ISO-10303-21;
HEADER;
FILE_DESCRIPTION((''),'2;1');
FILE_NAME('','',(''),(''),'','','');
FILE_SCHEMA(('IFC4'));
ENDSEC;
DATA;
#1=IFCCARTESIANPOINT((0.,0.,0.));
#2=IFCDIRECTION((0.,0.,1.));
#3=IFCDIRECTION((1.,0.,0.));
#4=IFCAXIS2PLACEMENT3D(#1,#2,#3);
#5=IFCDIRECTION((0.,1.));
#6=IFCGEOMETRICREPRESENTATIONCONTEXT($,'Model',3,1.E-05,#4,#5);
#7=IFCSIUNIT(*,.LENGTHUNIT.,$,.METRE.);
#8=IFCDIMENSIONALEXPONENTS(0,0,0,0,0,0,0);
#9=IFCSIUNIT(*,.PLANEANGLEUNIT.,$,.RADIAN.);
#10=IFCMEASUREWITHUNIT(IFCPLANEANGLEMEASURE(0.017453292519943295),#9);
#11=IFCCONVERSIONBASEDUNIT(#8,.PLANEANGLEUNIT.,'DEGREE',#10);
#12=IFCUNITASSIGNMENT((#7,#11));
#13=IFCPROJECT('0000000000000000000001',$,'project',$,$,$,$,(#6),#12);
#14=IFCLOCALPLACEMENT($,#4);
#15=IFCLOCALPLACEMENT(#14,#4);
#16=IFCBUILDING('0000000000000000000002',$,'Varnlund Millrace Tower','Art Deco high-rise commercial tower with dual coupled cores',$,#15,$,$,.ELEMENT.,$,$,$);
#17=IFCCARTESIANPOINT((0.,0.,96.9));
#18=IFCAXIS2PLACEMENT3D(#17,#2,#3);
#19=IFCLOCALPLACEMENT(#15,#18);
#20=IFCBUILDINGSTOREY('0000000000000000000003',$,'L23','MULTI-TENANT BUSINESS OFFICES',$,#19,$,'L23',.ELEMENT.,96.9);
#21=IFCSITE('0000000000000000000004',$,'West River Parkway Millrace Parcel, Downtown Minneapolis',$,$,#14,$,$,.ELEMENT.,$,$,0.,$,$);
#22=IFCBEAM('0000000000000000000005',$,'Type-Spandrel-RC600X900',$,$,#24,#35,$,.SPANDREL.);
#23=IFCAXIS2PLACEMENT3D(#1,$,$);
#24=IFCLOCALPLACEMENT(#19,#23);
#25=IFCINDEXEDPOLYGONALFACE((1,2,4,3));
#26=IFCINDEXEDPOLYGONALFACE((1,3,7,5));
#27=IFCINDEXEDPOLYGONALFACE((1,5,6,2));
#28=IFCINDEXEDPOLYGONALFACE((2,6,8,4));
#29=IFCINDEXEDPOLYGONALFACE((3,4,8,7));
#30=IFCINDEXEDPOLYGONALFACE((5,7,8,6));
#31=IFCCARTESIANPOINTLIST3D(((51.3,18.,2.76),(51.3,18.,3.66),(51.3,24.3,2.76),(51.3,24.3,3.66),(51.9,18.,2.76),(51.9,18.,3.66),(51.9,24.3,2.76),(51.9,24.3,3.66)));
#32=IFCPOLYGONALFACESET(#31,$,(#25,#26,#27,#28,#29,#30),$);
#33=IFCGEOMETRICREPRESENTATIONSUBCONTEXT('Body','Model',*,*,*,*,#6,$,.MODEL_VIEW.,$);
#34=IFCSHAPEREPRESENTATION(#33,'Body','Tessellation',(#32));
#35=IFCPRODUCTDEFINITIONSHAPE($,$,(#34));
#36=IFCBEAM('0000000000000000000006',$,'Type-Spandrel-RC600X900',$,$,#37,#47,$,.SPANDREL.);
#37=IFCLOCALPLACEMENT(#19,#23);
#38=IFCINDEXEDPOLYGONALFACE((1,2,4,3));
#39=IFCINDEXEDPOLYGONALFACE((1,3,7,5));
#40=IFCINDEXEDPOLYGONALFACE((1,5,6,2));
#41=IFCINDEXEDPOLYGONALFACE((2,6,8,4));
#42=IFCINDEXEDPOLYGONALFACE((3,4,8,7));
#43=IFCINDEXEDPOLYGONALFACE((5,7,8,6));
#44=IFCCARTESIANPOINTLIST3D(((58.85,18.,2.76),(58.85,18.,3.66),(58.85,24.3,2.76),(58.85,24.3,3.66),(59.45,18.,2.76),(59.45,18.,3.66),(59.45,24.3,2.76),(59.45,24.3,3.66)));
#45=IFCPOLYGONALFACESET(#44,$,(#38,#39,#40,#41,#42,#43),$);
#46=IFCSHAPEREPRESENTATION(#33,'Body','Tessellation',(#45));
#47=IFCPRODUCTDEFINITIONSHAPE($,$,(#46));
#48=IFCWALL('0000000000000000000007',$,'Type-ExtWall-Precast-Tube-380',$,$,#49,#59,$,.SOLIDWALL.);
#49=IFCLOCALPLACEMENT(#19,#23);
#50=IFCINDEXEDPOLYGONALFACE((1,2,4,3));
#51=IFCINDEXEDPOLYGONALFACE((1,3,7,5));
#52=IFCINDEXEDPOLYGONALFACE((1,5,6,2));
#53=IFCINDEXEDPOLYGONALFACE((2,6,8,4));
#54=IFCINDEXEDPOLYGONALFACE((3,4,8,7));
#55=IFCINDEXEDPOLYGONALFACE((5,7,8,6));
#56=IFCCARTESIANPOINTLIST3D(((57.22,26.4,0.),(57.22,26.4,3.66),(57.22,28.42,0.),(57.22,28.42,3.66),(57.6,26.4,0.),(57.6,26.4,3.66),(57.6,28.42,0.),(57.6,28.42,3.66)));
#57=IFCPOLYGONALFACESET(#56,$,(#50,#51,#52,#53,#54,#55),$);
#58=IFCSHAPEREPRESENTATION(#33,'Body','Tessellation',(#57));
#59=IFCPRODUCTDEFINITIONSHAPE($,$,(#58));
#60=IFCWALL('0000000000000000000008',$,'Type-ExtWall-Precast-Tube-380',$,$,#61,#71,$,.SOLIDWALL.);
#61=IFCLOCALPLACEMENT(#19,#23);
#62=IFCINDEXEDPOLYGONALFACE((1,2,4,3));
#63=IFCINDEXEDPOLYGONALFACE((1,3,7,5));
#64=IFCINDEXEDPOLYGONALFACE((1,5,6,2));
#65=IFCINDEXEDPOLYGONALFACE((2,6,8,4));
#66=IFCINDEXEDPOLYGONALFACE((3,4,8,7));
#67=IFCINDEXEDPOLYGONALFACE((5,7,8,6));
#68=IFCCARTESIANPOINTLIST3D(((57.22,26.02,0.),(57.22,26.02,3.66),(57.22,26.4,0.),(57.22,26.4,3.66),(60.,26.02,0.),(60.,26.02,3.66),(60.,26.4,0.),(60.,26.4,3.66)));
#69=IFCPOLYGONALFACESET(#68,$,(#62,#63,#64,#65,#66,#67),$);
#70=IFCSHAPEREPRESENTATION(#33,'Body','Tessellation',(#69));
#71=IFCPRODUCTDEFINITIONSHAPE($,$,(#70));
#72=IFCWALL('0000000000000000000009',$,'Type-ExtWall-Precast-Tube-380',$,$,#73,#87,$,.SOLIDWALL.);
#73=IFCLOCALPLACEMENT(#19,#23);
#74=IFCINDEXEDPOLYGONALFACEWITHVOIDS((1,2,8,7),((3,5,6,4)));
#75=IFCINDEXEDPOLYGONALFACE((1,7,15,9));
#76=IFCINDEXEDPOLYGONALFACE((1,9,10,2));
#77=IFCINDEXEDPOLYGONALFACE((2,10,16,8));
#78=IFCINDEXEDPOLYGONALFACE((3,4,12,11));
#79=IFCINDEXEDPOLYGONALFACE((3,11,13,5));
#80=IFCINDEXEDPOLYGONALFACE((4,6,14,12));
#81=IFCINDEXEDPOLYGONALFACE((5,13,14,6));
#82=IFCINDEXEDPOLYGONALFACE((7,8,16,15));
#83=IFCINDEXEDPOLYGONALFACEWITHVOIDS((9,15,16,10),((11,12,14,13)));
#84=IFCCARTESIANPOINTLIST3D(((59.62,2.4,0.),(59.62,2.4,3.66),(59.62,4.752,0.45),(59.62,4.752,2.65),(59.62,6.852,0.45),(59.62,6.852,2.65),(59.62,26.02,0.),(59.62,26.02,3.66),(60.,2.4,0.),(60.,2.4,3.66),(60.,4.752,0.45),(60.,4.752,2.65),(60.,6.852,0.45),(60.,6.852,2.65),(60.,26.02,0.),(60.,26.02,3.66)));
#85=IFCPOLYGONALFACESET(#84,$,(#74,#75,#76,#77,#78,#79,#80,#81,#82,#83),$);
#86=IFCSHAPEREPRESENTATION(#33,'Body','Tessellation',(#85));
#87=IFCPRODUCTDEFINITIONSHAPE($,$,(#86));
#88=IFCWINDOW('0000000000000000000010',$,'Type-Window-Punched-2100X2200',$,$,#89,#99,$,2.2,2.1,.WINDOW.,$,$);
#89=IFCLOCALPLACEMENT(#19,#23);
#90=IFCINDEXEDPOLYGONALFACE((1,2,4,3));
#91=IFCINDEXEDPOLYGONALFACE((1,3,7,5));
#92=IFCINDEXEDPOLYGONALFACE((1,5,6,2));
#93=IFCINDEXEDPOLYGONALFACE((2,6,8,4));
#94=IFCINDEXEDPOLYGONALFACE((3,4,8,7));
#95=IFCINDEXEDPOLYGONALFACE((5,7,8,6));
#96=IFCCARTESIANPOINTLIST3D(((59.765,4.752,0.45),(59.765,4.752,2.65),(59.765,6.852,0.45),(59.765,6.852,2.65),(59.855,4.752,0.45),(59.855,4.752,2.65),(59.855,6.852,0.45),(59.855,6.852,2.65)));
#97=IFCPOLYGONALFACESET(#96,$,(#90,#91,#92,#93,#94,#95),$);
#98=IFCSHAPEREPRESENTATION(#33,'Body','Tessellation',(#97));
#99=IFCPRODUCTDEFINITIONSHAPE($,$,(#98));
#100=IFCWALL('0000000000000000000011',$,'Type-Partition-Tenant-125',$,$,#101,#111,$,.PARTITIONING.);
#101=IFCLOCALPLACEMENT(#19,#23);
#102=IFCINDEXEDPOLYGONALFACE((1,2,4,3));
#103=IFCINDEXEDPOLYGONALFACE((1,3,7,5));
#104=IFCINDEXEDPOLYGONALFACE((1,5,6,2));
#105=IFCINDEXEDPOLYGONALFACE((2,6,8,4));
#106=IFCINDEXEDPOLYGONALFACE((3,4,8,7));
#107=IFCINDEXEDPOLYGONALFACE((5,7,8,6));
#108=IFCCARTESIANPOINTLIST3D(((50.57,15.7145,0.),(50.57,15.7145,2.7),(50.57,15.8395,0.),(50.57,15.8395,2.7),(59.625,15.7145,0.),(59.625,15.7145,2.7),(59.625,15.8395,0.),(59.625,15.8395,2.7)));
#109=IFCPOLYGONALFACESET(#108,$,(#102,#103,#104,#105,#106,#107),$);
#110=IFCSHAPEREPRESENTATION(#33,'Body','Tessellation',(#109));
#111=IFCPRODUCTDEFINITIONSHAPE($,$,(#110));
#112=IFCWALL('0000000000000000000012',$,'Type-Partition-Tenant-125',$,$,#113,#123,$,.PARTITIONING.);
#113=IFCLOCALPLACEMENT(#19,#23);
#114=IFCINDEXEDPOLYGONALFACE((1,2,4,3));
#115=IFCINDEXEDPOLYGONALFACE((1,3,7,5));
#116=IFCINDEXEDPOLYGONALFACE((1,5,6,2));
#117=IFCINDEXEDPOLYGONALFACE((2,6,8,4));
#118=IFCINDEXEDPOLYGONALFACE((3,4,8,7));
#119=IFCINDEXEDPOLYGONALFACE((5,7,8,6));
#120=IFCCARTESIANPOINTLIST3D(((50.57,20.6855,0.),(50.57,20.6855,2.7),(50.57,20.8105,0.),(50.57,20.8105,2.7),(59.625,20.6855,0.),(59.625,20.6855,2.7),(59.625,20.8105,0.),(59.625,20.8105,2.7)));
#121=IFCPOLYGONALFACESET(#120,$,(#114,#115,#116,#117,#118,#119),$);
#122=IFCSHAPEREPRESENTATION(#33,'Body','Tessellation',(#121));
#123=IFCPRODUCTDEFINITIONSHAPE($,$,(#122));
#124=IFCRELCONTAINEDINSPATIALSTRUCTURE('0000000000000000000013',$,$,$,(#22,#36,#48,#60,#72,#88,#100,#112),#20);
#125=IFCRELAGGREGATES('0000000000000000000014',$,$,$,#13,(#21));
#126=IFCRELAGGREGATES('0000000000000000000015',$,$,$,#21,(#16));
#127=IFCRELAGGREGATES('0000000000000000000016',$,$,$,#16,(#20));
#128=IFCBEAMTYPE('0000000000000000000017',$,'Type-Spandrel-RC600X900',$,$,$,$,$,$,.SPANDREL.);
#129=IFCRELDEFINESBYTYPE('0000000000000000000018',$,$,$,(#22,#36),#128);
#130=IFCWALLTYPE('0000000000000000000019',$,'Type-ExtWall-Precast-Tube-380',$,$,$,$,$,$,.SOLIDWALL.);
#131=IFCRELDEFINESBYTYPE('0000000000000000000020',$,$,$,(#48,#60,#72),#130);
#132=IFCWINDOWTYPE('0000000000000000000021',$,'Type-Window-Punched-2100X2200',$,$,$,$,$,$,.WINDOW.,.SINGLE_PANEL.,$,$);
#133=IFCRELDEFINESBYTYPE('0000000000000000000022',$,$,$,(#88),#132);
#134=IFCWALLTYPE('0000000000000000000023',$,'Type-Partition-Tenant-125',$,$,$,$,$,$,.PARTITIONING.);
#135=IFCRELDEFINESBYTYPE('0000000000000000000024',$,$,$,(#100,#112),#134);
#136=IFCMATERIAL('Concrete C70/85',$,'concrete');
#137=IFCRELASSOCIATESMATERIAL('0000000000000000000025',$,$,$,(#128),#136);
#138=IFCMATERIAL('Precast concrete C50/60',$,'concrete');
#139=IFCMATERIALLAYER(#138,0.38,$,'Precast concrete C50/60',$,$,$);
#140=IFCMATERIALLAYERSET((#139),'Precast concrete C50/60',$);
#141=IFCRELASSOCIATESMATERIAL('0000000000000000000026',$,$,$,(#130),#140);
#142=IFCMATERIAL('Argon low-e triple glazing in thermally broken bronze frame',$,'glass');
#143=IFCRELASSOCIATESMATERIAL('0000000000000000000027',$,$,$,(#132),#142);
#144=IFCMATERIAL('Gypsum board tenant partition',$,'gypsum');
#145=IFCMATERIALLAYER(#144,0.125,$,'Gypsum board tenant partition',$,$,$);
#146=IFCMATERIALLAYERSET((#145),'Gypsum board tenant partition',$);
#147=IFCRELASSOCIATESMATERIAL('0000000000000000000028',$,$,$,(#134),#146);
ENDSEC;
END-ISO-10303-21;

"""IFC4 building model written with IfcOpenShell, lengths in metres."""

from ifc_helpers import new_model, entity, si_unit, converted_unit, direction, frame, origin_with_axes, origin_2d_with_axis, place, context, subcontext, project, spatial, polyline, rectangle, outline, extrude, material, layer, layer_set, material_profile, profile_set, type_object, element, fill, save


model = new_model("IFC4")

# Units and contexts
model_context = context("Model", 3, precision=1e-05, world=origin_with_axes(), true_north=direction((0.0, 1.0)))
body_context = subcontext(model_context, "Body", "Model", "MODEL_VIEW")
ifc_project = project(units=[si_unit("LENGTHUNIT", "METRE"), converted_unit("PLANEANGLEUNIT", "DEGREE", entity("IfcPlaneAngleMeasure", 0.017453292519943295), si_unit("PLANEANGLEUNIT", "RADIAN"), dimensions=[0, 0, 0, 0, 0, 0, 0])], contexts=[model_context])

# Site, building, storey
site_placement = place(None, origin_with_axes())
site = spatial("IfcSite", under=ifc_project, at=site_placement, Name="West River Parkway Millrace Parcel, Downtown Minneapolis", CompositionType="ELEMENT", RefElevation=0.0)
building_placement = place(site_placement, origin_with_axes())
building = spatial("IfcBuilding", under=site, at=building_placement, Name="Varnlund Millrace Tower", Description="Art Deco high-rise commercial tower with dual coupled cores", CompositionType="ELEMENT")
storey_placement = place(building_placement, frame((0.0, 0.0, 96.9), z_axis=(0.0, 0.0, 1.0), x_axis=(1.0, 0.0, 0.0)))
storey = spatial("IfcBuildingStorey", under=building, at=storey_placement, Name="L23", Description="MULTI-TENANT BUSINESS OFFICES", LongName="L23", CompositionType="ELEMENT", Elevation=96.9)

# Beams
ifc_material_1 = material(Name="Concrete C70/85", Category="concrete")
ifc_material_profile_1 = material_profile(ifc_material_1, rectangle(XDim=0.6, YDim=0.9, at=origin_2d_with_axis()), Name="Concrete C70/85")
ifc_profile_set_1 = profile_set([ifc_material_profile_1], Name="Concrete C70/85")
beam_type_1 = type_object("IfcBeamType", Name="Type-Spandrel-RC600X900", PredefinedType="SPANDREL", material=ifc_profile_set_1)
for number, where, z_axis, x_axis, name in (
    (1, (51.6, 18.0, 3.21), (0.0, 1.0, 0.0), (-1.0, 0.0, 0.0), "Type-Spandrel-RC600X900"),
    (2, (59.15, 18.0, 3.21), (0.0, 1.0, 0.0), (-1.0, 0.0, 0.0), "Type-Spandrel-RC600X900"),
):
    element("IfcBeam", number, at=place(storey_placement, frame(where, z_axis=z_axis, x_axis=x_axis)), inside=storey, type_object=beam_type_1, Name=name, PredefinedType="SPANDREL", context=body_context, shape_type="SweptSolid", body=[
        extrude(rectangle(XDim=0.6, YDim=0.9, at=origin_2d_with_axis()), origin_with_axes(), (0.0, 0.0, 1.0), 6.3),
    ])

# Walls
ifc_material_2 = material(Name="Precast concrete C50/60", Category="concrete")
ifc_layer_1 = layer(ifc_material_2, 0.38, Name="Precast concrete C50/60")
ifc_layer_set_1 = layer_set([ifc_layer_1], Name="Precast concrete C50/60")
wall_type_1 = type_object("IfcWallType", Name="Type-ExtWall-Precast-Tube-380", PredefinedType="SOLIDWALL", material=ifc_layer_set_1)
wall_1_placement = place(storey_placement, frame((57.41, 28.42, 0.0), z_axis=(0.0, 0.0, 1.0), x_axis=(0.0, -1.0, 0.0)))
element("IfcWall", 3, at=wall_1_placement, inside=storey, type_object=wall_type_1, Name="Type-ExtWall-Precast-Tube-380", PredefinedType="SOLIDWALL", context=body_context, shape_type="SweptSolid", body=[
    extrude(outline(polyline([(0.0, -0.19), (2.02, -0.19), (2.02, 0.19), (0.0, 0.19), (0.0, -0.19)])), origin_with_axes(), (0.0, 0.0, 1.0), 3.66),
])
wall_2_placement = place(storey_placement, frame((57.22, 26.21, 0.0), z_axis=(0.0, 0.0, 1.0), x_axis=(1.0, 0.0, 0.0)))
element("IfcWall", 4, at=wall_2_placement, inside=storey, type_object=wall_type_1, Name="Type-ExtWall-Precast-Tube-380", PredefinedType="SOLIDWALL", context=body_context, shape_type="SweptSolid", body=[
    extrude(outline(polyline([(0.0, -0.19), (2.78, -0.19), (2.78, 0.19), (0.0, 0.19), (0.0, -0.19)])), origin_with_axes(), (0.0, 0.0, 1.0), 3.66),
])

# Wall, opening, window
wall_3_placement = place(storey_placement, frame((59.81, 26.02, 0.0), z_axis=(0.0, 0.0, 1.0), x_axis=(0.0, -1.0, 0.0)))
wall_3 = element("IfcWall", 5, at=wall_3_placement, inside=storey, type_object=wall_type_1, Name="Type-ExtWall-Precast-Tube-380", PredefinedType="SOLIDWALL", context=body_context, shape_type="SweptSolid", body=[
    extrude(outline(polyline([(0.0, -0.19), (23.62, -0.19), (23.62, 0.19), (0.0, 0.19), (0.0, -0.19)])), origin_with_axes(), (0.0, 0.0, 1.0), 3.66),
])
opening_placement = place(wall_3_placement, frame((20.218, 0.0, 0.45), z_axis=(0.0, 0.0, 1.0), x_axis=(1.0, 0.0, 0.0)))
opening = element("IfcOpeningElement", 6, at=opening_placement, cuts=wall_3, PredefinedType="OPENING", context=body_context, shape_type="SweptSolid", body=[
    extrude(rectangle(XDim=2.1, YDim=0.4, at=origin_2d_with_axis()), origin_with_axes(), (0.0, 0.0, 1.0), 2.2),
])
ifc_material_3 = material(Name="Argon low-e triple glazing in thermally broken bronze frame", Category="glass")
window_type = type_object("IfcWindowType", Name="Type-Window-Punched-2100X2200", PartitioningType="SINGLE_PANEL", PredefinedType="WINDOW", material=ifc_material_3)
window_placement = place(wall_3_placement, frame((20.218, 0.0, 0.45), z_axis=(0.0, 0.0, 1.0), x_axis=(1.0, 0.0, 0.0)))
window = element("IfcWindow", 7, at=window_placement, inside=storey, type_object=window_type, Name="Type-Window-Punched-2100X2200", OverallHeight=2.2, OverallWidth=2.1, PredefinedType="WINDOW", context=body_context, shape_type="SweptSolid", body=[
    extrude(rectangle(XDim=2.1, YDim=0.09, at=origin_2d_with_axis()), origin_with_axes(), (0.0, 0.0, 1.0), 2.2),
])
fill(opening, window)

# Walls
ifc_material_4 = material(Name="Gypsum board tenant partition", Category="gypsum")
ifc_layer_2 = layer(ifc_material_4, 0.125, Name="Gypsum board tenant partition")
ifc_layer_set_2 = layer_set([ifc_layer_2], Name="Gypsum board tenant partition")
wall_type_2 = type_object("IfcWallType", Name="Type-Partition-Tenant-125", PredefinedType="PARTITIONING", material=ifc_layer_set_2)
for number, where, z_axis, x_axis, name in (
    (8, (50.57, 15.777, 0.0), (0.0, 0.0, 1.0), (1.0, 0.0, 0.0), "Type-Partition-Tenant-125"),
    (9, (50.57, 20.748, 0.0), (0.0, 0.0, 1.0), (1.0, 0.0, 0.0), "Type-Partition-Tenant-125"),
):
    element("IfcWall", number, at=place(storey_placement, frame(where, z_axis=z_axis, x_axis=x_axis)), inside=storey, type_object=wall_type_2, Name=name, PredefinedType="PARTITIONING", context=body_context, shape_type="SweptSolid", body=[
        extrude(outline(polyline([(0.0, -0.0625), (9.055, -0.0625), (9.055, 0.0625), (0.0, 0.0625), (0.0, -0.0625)])), origin_with_axes(), (0.0, 0.0, 1.0), 2.7),
    ])

save(model, "model.ifc")
